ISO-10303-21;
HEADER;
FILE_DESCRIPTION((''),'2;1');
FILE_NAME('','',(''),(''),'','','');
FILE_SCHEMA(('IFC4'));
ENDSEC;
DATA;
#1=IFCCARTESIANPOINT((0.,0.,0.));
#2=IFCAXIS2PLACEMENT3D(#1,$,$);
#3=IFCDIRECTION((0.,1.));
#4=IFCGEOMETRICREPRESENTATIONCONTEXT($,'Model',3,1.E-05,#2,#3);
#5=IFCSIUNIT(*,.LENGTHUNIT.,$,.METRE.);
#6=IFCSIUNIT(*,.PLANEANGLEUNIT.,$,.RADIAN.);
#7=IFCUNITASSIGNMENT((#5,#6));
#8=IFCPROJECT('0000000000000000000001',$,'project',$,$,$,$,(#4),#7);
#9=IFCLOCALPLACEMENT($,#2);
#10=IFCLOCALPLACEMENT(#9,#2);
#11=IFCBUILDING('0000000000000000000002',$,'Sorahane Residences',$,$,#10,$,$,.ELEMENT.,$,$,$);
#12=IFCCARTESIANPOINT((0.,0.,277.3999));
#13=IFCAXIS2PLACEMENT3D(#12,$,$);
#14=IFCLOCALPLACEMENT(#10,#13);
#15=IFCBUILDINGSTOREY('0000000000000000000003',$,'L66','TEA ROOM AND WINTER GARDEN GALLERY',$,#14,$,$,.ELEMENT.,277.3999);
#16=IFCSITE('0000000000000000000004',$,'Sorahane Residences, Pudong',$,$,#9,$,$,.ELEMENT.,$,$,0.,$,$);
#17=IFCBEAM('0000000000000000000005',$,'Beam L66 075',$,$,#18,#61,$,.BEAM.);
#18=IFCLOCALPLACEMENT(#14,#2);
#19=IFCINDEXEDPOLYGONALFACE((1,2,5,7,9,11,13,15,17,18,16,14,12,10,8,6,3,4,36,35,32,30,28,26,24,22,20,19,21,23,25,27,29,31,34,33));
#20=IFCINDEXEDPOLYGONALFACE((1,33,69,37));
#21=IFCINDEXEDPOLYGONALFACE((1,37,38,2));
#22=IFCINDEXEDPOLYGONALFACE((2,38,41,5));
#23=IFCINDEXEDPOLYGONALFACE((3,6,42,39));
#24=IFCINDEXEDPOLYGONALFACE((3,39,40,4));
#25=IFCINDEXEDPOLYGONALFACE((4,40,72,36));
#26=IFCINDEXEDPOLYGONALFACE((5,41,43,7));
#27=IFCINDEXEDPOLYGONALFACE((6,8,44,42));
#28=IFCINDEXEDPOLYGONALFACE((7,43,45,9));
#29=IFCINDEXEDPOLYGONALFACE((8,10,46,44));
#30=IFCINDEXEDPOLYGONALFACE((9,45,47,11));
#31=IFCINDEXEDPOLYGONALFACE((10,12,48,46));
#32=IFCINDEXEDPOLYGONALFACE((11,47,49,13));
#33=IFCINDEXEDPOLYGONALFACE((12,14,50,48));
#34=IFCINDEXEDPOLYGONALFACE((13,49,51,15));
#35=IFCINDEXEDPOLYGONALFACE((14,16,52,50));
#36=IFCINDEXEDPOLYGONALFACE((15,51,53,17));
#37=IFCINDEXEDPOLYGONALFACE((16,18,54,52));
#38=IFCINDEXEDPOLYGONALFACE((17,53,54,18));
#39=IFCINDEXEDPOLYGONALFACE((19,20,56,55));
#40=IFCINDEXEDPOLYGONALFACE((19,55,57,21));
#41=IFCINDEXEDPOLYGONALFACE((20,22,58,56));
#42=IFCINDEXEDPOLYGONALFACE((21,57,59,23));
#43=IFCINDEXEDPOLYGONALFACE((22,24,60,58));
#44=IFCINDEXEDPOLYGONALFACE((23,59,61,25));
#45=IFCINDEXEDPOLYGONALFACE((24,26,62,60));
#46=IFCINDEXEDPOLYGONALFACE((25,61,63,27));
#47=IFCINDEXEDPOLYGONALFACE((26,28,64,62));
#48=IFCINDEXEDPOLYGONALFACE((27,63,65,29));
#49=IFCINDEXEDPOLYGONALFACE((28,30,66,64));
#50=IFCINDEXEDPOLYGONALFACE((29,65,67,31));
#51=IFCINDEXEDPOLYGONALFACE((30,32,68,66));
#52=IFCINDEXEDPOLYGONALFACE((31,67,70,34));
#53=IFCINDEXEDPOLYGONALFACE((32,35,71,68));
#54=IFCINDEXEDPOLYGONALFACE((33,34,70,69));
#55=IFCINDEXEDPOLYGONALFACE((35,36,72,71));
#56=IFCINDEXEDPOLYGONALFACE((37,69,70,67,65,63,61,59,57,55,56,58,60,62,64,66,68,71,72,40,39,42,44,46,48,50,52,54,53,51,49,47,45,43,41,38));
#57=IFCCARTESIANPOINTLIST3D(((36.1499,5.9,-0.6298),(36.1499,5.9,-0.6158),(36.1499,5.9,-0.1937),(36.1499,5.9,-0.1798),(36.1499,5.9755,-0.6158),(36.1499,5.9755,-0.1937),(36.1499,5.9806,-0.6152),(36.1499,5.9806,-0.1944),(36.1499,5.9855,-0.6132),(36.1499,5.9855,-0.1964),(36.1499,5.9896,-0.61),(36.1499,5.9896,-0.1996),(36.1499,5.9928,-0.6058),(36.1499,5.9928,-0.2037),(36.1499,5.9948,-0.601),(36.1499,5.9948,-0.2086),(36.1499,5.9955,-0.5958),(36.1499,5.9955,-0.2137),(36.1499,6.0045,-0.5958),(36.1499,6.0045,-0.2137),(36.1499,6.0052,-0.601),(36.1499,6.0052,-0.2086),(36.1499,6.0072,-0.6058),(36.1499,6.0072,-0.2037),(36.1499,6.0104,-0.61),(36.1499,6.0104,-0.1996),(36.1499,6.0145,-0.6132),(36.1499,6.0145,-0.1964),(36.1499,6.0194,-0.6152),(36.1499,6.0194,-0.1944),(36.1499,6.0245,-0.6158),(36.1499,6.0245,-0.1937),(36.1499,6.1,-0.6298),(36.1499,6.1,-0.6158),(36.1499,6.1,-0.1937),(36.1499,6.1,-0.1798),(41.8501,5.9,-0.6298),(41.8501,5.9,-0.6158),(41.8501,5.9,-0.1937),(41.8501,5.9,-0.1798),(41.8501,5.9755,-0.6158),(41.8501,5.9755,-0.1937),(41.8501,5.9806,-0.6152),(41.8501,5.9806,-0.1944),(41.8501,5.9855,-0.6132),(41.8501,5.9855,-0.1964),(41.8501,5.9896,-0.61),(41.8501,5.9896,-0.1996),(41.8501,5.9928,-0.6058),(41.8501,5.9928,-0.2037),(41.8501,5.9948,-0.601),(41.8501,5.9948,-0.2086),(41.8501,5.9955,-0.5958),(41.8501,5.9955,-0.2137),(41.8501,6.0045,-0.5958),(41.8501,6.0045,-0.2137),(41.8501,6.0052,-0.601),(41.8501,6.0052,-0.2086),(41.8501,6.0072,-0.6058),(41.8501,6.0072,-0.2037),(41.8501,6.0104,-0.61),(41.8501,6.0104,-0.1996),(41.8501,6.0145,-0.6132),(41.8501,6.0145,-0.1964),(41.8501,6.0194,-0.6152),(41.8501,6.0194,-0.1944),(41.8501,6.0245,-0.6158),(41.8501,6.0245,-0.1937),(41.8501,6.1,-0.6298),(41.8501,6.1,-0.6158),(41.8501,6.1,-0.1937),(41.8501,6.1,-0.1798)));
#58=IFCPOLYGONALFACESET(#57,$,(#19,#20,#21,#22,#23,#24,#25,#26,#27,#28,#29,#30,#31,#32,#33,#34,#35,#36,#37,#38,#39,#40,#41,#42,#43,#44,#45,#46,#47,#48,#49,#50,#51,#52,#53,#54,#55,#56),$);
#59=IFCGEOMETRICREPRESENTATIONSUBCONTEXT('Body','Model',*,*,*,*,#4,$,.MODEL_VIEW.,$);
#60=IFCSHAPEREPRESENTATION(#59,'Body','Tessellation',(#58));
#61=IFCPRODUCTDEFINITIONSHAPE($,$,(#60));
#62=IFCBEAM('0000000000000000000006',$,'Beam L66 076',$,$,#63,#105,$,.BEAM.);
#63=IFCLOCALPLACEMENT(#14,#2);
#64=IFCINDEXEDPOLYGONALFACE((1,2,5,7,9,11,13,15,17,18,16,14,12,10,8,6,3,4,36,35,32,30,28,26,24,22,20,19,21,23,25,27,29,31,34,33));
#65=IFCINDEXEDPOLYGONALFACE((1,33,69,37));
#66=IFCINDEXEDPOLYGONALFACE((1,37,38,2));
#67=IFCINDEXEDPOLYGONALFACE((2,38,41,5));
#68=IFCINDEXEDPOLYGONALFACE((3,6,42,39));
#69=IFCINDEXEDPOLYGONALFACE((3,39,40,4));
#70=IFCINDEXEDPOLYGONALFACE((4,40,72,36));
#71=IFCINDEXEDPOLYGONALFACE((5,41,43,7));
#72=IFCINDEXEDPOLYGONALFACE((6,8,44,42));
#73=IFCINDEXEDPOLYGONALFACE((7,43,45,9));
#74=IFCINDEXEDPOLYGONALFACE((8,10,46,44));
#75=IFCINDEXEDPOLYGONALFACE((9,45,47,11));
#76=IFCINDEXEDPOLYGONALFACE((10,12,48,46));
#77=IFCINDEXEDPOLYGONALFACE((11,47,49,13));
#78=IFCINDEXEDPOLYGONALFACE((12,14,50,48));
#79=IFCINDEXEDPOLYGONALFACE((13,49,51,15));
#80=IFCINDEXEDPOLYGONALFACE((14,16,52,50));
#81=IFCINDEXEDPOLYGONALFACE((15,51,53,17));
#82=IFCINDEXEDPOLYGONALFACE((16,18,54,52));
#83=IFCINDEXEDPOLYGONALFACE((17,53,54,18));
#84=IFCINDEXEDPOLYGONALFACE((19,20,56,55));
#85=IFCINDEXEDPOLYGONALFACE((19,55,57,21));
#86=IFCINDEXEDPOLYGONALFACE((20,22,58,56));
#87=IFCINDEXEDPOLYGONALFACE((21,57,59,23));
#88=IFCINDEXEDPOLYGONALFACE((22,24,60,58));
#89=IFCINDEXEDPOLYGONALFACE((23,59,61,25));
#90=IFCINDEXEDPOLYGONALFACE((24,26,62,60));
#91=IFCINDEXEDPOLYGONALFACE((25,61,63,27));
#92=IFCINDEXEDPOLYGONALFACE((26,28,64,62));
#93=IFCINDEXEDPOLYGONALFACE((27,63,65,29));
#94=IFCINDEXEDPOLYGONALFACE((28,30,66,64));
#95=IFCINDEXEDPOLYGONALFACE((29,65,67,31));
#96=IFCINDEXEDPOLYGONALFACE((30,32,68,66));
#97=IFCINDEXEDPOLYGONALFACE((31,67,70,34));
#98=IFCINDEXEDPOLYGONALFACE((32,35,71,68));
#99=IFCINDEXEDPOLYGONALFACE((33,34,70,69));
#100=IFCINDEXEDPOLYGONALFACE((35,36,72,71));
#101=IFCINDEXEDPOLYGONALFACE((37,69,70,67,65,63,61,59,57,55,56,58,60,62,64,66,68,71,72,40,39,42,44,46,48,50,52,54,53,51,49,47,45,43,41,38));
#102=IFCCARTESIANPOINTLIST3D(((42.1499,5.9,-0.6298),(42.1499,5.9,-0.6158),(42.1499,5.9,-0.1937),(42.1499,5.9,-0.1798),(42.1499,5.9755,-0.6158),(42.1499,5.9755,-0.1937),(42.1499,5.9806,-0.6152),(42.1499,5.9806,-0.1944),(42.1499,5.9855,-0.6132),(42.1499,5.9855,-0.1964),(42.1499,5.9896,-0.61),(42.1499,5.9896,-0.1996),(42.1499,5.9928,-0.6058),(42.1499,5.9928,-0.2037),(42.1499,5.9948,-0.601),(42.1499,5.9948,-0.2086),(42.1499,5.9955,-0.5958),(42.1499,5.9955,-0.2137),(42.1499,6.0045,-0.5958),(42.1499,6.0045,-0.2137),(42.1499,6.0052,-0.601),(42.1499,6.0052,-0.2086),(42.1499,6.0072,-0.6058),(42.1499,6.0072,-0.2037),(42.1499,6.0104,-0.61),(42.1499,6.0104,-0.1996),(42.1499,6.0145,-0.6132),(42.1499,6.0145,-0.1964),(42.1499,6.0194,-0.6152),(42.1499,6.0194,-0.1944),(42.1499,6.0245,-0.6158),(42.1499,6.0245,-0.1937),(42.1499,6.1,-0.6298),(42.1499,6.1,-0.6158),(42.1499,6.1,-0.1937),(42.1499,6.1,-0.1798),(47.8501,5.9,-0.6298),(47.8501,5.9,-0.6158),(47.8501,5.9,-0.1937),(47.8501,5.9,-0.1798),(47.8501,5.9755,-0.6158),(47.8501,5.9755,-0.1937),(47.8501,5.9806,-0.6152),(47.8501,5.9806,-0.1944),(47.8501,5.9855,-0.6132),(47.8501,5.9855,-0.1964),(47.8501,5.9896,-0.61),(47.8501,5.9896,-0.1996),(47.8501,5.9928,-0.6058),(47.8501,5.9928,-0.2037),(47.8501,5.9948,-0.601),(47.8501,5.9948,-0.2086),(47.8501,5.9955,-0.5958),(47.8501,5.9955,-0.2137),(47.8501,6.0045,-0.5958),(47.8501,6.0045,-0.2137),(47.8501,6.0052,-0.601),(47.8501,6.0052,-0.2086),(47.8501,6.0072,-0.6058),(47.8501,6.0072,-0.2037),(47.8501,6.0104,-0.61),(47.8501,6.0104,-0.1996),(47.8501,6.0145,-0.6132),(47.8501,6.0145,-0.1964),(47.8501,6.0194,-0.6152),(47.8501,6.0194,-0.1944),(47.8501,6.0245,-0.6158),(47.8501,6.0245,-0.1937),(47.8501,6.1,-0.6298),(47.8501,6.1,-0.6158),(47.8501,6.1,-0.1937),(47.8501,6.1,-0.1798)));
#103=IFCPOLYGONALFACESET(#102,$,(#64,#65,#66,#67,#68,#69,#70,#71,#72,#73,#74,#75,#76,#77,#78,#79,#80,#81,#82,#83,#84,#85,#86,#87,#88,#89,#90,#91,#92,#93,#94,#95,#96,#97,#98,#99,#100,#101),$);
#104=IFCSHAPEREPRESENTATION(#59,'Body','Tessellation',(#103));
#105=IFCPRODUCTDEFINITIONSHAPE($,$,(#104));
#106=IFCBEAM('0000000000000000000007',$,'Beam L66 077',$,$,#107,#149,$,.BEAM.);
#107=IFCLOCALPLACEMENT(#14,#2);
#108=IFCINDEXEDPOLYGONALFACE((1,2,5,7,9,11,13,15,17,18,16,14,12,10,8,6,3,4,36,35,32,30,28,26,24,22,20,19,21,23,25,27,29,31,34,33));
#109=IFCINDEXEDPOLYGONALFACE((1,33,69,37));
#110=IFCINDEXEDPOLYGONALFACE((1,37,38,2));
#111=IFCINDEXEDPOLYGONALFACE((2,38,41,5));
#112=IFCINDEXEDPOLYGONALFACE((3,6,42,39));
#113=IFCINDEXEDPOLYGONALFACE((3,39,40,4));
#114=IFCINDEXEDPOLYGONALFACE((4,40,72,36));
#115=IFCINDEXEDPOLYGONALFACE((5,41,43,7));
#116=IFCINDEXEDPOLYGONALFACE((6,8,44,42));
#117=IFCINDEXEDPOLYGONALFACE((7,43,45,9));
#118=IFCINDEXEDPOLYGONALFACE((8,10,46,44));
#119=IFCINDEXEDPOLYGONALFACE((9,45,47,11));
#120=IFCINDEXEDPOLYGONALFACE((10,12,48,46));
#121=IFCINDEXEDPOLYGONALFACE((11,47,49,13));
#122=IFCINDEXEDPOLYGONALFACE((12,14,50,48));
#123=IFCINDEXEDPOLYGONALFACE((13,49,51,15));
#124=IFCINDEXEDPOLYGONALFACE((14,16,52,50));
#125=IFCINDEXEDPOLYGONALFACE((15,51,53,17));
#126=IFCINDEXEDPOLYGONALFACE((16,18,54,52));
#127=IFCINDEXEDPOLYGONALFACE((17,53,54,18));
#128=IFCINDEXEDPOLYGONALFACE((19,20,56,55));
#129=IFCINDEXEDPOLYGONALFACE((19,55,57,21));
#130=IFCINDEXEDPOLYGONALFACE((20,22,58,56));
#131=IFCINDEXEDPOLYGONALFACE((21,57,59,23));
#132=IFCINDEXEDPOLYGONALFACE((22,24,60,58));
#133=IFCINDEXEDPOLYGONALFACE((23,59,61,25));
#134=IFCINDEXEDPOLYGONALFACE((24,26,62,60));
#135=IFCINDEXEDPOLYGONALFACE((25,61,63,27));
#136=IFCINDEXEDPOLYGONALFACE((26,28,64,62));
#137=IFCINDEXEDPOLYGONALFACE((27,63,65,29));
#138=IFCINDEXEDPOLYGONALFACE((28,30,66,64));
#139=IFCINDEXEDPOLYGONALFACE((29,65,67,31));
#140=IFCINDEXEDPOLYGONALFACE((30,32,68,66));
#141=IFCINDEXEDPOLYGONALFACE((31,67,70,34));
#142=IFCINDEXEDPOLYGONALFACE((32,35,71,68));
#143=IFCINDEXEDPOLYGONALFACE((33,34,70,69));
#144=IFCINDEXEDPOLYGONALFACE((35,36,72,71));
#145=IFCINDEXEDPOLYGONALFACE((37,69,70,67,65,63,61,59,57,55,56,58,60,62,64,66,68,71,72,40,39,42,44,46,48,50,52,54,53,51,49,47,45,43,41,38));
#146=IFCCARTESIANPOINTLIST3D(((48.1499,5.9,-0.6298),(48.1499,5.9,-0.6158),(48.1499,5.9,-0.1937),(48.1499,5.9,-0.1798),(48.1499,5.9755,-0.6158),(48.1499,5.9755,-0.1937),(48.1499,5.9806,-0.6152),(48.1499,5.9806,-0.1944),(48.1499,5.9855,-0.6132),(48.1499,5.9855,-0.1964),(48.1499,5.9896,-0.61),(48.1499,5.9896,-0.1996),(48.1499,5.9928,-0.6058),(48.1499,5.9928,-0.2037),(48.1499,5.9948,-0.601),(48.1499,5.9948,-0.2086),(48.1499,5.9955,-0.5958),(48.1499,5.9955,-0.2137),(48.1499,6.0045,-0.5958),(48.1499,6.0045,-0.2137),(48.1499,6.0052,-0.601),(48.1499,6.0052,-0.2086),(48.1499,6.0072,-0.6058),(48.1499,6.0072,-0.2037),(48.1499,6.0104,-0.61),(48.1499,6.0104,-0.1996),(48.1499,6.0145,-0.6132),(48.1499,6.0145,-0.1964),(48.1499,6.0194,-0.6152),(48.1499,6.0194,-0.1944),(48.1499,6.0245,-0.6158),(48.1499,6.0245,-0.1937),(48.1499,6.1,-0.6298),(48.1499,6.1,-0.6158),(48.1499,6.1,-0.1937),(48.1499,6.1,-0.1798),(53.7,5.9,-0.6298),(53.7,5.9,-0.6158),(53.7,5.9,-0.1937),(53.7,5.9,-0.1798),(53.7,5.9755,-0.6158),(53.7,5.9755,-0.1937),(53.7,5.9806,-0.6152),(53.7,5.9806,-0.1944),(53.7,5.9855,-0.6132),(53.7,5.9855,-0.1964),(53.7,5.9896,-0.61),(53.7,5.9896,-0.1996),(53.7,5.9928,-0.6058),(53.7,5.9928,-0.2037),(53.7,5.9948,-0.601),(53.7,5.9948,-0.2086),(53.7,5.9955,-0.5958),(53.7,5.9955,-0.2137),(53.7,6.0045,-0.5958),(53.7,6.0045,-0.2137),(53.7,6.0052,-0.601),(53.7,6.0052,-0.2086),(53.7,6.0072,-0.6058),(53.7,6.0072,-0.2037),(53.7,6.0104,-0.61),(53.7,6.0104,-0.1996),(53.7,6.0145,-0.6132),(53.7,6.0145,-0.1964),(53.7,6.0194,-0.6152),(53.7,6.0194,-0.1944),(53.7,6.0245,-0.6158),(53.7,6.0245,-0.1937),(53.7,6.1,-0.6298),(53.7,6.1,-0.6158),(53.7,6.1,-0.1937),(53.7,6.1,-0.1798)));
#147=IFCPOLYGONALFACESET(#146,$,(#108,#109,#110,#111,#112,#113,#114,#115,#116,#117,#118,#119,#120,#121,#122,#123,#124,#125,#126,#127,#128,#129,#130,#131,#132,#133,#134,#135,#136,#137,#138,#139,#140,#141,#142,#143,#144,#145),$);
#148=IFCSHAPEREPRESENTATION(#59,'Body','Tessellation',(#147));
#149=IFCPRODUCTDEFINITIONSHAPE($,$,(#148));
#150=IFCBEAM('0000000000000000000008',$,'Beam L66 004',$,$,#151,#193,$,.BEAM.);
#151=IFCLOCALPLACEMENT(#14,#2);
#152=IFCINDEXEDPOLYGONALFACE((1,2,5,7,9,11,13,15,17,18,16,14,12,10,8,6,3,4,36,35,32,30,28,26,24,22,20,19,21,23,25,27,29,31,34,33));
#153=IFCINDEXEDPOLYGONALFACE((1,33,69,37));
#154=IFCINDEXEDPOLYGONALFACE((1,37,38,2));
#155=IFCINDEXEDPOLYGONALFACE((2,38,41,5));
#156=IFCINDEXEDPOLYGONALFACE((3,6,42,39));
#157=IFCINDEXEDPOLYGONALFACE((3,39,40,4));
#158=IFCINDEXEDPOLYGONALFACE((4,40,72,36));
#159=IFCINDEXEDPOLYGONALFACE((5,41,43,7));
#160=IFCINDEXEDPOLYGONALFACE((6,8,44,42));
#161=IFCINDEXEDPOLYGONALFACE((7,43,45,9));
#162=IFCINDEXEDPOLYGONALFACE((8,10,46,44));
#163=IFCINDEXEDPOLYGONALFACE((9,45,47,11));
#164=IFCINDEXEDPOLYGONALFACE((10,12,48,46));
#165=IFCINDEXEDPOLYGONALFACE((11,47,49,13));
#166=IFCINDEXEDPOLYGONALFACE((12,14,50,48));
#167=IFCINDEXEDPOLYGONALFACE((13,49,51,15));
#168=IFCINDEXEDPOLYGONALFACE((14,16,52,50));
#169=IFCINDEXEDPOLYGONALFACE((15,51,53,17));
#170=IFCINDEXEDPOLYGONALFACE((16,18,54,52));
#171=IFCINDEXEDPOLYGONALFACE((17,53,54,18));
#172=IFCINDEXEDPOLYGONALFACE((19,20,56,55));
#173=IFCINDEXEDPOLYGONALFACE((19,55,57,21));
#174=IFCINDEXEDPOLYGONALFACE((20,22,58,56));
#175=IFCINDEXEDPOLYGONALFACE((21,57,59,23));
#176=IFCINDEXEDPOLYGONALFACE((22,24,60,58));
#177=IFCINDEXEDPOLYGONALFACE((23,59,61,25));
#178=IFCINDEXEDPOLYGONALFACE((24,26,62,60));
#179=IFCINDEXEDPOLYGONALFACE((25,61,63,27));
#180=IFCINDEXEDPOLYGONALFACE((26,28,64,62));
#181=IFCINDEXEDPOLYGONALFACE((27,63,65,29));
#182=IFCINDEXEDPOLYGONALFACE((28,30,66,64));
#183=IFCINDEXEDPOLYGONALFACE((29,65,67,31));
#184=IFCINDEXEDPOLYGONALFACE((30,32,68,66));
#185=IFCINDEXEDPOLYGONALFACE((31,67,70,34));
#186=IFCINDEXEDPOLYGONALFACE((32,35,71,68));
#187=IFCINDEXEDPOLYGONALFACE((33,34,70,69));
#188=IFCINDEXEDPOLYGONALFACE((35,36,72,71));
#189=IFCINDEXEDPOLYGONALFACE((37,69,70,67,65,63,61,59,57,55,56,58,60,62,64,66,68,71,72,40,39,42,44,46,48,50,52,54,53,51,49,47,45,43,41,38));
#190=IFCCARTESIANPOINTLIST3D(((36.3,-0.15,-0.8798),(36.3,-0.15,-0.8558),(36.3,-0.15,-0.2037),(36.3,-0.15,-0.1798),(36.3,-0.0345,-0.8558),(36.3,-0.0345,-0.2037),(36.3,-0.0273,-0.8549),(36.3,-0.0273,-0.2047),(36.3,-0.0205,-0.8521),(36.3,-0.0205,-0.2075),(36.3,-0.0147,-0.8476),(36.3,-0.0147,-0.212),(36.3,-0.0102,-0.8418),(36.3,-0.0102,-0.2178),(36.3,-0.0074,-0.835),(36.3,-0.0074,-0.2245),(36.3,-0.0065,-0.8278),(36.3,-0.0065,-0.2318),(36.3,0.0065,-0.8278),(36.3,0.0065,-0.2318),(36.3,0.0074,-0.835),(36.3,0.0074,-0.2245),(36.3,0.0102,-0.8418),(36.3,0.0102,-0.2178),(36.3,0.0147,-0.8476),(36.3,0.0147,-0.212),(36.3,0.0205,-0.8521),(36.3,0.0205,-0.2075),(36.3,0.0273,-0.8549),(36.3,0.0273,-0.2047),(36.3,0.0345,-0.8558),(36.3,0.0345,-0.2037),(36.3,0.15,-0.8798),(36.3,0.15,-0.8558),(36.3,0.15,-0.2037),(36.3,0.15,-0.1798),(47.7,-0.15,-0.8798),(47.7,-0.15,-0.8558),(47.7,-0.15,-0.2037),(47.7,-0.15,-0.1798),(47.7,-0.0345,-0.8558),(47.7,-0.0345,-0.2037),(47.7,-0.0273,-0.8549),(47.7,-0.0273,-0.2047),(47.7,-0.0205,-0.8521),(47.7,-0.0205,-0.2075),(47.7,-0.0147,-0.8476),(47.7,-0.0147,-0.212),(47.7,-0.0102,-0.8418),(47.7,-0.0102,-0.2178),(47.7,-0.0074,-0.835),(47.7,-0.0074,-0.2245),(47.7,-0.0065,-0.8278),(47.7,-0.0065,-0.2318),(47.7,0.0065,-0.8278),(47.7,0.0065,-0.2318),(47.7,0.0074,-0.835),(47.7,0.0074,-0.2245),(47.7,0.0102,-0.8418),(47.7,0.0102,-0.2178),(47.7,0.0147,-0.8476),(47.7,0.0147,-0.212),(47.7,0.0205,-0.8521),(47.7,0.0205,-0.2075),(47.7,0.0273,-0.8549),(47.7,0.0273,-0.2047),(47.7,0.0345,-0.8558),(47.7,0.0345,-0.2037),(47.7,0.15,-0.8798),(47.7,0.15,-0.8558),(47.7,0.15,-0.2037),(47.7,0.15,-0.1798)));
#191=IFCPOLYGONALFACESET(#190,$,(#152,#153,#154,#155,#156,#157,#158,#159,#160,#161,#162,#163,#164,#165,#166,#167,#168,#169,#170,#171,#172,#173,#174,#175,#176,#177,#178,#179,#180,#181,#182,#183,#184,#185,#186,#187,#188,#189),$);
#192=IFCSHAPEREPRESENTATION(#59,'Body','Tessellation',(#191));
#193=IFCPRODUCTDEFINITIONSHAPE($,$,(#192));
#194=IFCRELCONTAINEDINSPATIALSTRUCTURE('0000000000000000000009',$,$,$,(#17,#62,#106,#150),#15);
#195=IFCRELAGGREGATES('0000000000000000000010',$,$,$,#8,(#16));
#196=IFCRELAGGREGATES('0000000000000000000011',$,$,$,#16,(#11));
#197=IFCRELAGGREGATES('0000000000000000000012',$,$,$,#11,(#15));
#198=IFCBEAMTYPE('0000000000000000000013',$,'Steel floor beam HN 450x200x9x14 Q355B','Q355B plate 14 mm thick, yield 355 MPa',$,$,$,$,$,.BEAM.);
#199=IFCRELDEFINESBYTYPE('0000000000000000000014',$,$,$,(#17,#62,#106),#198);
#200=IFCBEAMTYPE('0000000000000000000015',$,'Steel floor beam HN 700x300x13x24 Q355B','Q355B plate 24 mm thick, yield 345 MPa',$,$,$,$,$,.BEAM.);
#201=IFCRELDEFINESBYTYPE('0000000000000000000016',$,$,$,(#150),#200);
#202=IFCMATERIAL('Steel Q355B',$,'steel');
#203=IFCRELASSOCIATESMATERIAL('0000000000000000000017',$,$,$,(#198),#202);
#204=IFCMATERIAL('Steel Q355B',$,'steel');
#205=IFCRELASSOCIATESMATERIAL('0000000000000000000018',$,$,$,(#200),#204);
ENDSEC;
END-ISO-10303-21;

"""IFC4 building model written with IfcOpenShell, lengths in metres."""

from ifc_helpers import new_model, si_unit, direction, frame, origin, origin_2d, place, context, subcontext, project, spatial, i_section, extrude, material, material_profile, profile_set, type_object, element, save


model = new_model("IFC4")

# Units and contexts
model_context = context("Model", 3, precision=1e-05, world=origin(), true_north=direction((0.0, 1.0)))
body_context = subcontext(model_context, "Body", "Model", "MODEL_VIEW")
ifc_project = project(units=[si_unit("LENGTHUNIT", "METRE"), si_unit("PLANEANGLEUNIT", "RADIAN")], contexts=[model_context])

# Site, building, storey
site_placement = place(None, origin())
site = spatial("IfcSite", under=ifc_project, at=site_placement, Name="Sorahane Residences, Pudong", CompositionType="ELEMENT", RefElevation=0.0)
building_placement = place(site_placement, origin())
building = spatial("IfcBuilding", under=site, at=building_placement, Name="Sorahane Residences", CompositionType="ELEMENT")
storey_placement = place(building_placement, frame((0.0, 0.0, 277.3999)))
storey = spatial("IfcBuildingStorey", under=building, at=storey_placement, Name="L66", Description="TEA ROOM AND WINTER GARDEN GALLERY", CompositionType="ELEMENT", Elevation=277.3999)

# Beams
ifc_material_1 = material(Name="Steel Q355B", Category="steel")
ifc_material_profile_1 = material_profile(ifc_material_1, i_section(OverallWidth=0.2, OverallDepth=0.45, WebThickness=0.009, FlangeThickness=0.0139, FilletRadius=0.02, at=origin_2d()), Name="HN 450x200x9x14")
ifc_profile_set_1 = profile_set([ifc_material_profile_1], Name="Steel Q355B")
beam_type_1 = type_object("IfcBeamType", Name="Steel floor beam HN 450x200x9x14 Q355B", Description="Q355B plate 14 mm thick, yield 355 MPa", PredefinedType="BEAM", material=ifc_profile_set_1)
for number, where, z_axis, x_axis, name in (
    (1, (36.1499, 6.0, -0.4048), (1.0, 0.0, 0.0), (0.0, 1.0, 0.0), "Beam L66 075"),
    (2, (42.1499, 6.0, -0.4048), (1.0, 0.0, 0.0), (0.0, 1.0, 0.0), "Beam L66 076"),
):
    element("IfcBeam", number, at=place(storey_placement, frame(where, z_axis=z_axis, x_axis=x_axis)), inside=storey, type_object=beam_type_1, Name=name, PredefinedType="BEAM", context=body_context, shape_type="SweptSolid", body=[
        extrude(i_section(OverallWidth=0.2, OverallDepth=0.45, WebThickness=0.009, FlangeThickness=0.0139, FilletRadius=0.02, at=origin_2d()), origin(), (0.0, 0.0, 1.0), 5.7002),
    ])
beam_1_placement = place(storey_placement, frame((48.1499, 6.0, -0.4048), z_axis=(1.0, 0.0, 0.0), x_axis=(0.0, 1.0, 0.0)))
element("IfcBeam", 3, at=beam_1_placement, inside=storey, type_object=beam_type_1, Name="Beam L66 077", PredefinedType="BEAM", context=body_context, shape_type="SweptSolid", body=[
    extrude(i_section(OverallWidth=0.2, OverallDepth=0.45, WebThickness=0.009, FlangeThickness=0.0139, FilletRadius=0.02, at=origin_2d()), origin(), (0.0, 0.0, 1.0), 5.55),
])
ifc_material_2 = material(Name="Steel Q355B", Category="steel")
ifc_material_profile_2 = material_profile(ifc_material_2, i_section(OverallWidth=0.3, OverallDepth=0.7, WebThickness=0.0129, FlangeThickness=0.0239, FilletRadius=0.0281, at=origin_2d()), Name="HN 700x300x13x24")
ifc_profile_set_2 = profile_set([ifc_material_profile_2], Name="Steel Q355B")
beam_type_2 = type_object("IfcBeamType", Name="Steel floor beam HN 700x300x13x24 Q355B", Description="Q355B plate 24 mm thick, yield 345 MPa", PredefinedType="BEAM", material=ifc_profile_set_2)
beam_2_placement = place(storey_placement, frame((36.3, 0.0, -0.5298), z_axis=(1.0, 0.0, 0.0), x_axis=(0.0, 1.0, 0.0)))
element("IfcBeam", 4, at=beam_2_placement, inside=storey, type_object=beam_type_2, Name="Beam L66 004", PredefinedType="BEAM", context=body_context, shape_type="SweptSolid", body=[
    extrude(i_section(OverallWidth=0.3, OverallDepth=0.7, WebThickness=0.0129, FlangeThickness=0.0239, FilletRadius=0.0281, at=origin_2d()), origin(), (0.0, 0.0, 1.0), 11.3999),
])

save(model, "model.ifc")
